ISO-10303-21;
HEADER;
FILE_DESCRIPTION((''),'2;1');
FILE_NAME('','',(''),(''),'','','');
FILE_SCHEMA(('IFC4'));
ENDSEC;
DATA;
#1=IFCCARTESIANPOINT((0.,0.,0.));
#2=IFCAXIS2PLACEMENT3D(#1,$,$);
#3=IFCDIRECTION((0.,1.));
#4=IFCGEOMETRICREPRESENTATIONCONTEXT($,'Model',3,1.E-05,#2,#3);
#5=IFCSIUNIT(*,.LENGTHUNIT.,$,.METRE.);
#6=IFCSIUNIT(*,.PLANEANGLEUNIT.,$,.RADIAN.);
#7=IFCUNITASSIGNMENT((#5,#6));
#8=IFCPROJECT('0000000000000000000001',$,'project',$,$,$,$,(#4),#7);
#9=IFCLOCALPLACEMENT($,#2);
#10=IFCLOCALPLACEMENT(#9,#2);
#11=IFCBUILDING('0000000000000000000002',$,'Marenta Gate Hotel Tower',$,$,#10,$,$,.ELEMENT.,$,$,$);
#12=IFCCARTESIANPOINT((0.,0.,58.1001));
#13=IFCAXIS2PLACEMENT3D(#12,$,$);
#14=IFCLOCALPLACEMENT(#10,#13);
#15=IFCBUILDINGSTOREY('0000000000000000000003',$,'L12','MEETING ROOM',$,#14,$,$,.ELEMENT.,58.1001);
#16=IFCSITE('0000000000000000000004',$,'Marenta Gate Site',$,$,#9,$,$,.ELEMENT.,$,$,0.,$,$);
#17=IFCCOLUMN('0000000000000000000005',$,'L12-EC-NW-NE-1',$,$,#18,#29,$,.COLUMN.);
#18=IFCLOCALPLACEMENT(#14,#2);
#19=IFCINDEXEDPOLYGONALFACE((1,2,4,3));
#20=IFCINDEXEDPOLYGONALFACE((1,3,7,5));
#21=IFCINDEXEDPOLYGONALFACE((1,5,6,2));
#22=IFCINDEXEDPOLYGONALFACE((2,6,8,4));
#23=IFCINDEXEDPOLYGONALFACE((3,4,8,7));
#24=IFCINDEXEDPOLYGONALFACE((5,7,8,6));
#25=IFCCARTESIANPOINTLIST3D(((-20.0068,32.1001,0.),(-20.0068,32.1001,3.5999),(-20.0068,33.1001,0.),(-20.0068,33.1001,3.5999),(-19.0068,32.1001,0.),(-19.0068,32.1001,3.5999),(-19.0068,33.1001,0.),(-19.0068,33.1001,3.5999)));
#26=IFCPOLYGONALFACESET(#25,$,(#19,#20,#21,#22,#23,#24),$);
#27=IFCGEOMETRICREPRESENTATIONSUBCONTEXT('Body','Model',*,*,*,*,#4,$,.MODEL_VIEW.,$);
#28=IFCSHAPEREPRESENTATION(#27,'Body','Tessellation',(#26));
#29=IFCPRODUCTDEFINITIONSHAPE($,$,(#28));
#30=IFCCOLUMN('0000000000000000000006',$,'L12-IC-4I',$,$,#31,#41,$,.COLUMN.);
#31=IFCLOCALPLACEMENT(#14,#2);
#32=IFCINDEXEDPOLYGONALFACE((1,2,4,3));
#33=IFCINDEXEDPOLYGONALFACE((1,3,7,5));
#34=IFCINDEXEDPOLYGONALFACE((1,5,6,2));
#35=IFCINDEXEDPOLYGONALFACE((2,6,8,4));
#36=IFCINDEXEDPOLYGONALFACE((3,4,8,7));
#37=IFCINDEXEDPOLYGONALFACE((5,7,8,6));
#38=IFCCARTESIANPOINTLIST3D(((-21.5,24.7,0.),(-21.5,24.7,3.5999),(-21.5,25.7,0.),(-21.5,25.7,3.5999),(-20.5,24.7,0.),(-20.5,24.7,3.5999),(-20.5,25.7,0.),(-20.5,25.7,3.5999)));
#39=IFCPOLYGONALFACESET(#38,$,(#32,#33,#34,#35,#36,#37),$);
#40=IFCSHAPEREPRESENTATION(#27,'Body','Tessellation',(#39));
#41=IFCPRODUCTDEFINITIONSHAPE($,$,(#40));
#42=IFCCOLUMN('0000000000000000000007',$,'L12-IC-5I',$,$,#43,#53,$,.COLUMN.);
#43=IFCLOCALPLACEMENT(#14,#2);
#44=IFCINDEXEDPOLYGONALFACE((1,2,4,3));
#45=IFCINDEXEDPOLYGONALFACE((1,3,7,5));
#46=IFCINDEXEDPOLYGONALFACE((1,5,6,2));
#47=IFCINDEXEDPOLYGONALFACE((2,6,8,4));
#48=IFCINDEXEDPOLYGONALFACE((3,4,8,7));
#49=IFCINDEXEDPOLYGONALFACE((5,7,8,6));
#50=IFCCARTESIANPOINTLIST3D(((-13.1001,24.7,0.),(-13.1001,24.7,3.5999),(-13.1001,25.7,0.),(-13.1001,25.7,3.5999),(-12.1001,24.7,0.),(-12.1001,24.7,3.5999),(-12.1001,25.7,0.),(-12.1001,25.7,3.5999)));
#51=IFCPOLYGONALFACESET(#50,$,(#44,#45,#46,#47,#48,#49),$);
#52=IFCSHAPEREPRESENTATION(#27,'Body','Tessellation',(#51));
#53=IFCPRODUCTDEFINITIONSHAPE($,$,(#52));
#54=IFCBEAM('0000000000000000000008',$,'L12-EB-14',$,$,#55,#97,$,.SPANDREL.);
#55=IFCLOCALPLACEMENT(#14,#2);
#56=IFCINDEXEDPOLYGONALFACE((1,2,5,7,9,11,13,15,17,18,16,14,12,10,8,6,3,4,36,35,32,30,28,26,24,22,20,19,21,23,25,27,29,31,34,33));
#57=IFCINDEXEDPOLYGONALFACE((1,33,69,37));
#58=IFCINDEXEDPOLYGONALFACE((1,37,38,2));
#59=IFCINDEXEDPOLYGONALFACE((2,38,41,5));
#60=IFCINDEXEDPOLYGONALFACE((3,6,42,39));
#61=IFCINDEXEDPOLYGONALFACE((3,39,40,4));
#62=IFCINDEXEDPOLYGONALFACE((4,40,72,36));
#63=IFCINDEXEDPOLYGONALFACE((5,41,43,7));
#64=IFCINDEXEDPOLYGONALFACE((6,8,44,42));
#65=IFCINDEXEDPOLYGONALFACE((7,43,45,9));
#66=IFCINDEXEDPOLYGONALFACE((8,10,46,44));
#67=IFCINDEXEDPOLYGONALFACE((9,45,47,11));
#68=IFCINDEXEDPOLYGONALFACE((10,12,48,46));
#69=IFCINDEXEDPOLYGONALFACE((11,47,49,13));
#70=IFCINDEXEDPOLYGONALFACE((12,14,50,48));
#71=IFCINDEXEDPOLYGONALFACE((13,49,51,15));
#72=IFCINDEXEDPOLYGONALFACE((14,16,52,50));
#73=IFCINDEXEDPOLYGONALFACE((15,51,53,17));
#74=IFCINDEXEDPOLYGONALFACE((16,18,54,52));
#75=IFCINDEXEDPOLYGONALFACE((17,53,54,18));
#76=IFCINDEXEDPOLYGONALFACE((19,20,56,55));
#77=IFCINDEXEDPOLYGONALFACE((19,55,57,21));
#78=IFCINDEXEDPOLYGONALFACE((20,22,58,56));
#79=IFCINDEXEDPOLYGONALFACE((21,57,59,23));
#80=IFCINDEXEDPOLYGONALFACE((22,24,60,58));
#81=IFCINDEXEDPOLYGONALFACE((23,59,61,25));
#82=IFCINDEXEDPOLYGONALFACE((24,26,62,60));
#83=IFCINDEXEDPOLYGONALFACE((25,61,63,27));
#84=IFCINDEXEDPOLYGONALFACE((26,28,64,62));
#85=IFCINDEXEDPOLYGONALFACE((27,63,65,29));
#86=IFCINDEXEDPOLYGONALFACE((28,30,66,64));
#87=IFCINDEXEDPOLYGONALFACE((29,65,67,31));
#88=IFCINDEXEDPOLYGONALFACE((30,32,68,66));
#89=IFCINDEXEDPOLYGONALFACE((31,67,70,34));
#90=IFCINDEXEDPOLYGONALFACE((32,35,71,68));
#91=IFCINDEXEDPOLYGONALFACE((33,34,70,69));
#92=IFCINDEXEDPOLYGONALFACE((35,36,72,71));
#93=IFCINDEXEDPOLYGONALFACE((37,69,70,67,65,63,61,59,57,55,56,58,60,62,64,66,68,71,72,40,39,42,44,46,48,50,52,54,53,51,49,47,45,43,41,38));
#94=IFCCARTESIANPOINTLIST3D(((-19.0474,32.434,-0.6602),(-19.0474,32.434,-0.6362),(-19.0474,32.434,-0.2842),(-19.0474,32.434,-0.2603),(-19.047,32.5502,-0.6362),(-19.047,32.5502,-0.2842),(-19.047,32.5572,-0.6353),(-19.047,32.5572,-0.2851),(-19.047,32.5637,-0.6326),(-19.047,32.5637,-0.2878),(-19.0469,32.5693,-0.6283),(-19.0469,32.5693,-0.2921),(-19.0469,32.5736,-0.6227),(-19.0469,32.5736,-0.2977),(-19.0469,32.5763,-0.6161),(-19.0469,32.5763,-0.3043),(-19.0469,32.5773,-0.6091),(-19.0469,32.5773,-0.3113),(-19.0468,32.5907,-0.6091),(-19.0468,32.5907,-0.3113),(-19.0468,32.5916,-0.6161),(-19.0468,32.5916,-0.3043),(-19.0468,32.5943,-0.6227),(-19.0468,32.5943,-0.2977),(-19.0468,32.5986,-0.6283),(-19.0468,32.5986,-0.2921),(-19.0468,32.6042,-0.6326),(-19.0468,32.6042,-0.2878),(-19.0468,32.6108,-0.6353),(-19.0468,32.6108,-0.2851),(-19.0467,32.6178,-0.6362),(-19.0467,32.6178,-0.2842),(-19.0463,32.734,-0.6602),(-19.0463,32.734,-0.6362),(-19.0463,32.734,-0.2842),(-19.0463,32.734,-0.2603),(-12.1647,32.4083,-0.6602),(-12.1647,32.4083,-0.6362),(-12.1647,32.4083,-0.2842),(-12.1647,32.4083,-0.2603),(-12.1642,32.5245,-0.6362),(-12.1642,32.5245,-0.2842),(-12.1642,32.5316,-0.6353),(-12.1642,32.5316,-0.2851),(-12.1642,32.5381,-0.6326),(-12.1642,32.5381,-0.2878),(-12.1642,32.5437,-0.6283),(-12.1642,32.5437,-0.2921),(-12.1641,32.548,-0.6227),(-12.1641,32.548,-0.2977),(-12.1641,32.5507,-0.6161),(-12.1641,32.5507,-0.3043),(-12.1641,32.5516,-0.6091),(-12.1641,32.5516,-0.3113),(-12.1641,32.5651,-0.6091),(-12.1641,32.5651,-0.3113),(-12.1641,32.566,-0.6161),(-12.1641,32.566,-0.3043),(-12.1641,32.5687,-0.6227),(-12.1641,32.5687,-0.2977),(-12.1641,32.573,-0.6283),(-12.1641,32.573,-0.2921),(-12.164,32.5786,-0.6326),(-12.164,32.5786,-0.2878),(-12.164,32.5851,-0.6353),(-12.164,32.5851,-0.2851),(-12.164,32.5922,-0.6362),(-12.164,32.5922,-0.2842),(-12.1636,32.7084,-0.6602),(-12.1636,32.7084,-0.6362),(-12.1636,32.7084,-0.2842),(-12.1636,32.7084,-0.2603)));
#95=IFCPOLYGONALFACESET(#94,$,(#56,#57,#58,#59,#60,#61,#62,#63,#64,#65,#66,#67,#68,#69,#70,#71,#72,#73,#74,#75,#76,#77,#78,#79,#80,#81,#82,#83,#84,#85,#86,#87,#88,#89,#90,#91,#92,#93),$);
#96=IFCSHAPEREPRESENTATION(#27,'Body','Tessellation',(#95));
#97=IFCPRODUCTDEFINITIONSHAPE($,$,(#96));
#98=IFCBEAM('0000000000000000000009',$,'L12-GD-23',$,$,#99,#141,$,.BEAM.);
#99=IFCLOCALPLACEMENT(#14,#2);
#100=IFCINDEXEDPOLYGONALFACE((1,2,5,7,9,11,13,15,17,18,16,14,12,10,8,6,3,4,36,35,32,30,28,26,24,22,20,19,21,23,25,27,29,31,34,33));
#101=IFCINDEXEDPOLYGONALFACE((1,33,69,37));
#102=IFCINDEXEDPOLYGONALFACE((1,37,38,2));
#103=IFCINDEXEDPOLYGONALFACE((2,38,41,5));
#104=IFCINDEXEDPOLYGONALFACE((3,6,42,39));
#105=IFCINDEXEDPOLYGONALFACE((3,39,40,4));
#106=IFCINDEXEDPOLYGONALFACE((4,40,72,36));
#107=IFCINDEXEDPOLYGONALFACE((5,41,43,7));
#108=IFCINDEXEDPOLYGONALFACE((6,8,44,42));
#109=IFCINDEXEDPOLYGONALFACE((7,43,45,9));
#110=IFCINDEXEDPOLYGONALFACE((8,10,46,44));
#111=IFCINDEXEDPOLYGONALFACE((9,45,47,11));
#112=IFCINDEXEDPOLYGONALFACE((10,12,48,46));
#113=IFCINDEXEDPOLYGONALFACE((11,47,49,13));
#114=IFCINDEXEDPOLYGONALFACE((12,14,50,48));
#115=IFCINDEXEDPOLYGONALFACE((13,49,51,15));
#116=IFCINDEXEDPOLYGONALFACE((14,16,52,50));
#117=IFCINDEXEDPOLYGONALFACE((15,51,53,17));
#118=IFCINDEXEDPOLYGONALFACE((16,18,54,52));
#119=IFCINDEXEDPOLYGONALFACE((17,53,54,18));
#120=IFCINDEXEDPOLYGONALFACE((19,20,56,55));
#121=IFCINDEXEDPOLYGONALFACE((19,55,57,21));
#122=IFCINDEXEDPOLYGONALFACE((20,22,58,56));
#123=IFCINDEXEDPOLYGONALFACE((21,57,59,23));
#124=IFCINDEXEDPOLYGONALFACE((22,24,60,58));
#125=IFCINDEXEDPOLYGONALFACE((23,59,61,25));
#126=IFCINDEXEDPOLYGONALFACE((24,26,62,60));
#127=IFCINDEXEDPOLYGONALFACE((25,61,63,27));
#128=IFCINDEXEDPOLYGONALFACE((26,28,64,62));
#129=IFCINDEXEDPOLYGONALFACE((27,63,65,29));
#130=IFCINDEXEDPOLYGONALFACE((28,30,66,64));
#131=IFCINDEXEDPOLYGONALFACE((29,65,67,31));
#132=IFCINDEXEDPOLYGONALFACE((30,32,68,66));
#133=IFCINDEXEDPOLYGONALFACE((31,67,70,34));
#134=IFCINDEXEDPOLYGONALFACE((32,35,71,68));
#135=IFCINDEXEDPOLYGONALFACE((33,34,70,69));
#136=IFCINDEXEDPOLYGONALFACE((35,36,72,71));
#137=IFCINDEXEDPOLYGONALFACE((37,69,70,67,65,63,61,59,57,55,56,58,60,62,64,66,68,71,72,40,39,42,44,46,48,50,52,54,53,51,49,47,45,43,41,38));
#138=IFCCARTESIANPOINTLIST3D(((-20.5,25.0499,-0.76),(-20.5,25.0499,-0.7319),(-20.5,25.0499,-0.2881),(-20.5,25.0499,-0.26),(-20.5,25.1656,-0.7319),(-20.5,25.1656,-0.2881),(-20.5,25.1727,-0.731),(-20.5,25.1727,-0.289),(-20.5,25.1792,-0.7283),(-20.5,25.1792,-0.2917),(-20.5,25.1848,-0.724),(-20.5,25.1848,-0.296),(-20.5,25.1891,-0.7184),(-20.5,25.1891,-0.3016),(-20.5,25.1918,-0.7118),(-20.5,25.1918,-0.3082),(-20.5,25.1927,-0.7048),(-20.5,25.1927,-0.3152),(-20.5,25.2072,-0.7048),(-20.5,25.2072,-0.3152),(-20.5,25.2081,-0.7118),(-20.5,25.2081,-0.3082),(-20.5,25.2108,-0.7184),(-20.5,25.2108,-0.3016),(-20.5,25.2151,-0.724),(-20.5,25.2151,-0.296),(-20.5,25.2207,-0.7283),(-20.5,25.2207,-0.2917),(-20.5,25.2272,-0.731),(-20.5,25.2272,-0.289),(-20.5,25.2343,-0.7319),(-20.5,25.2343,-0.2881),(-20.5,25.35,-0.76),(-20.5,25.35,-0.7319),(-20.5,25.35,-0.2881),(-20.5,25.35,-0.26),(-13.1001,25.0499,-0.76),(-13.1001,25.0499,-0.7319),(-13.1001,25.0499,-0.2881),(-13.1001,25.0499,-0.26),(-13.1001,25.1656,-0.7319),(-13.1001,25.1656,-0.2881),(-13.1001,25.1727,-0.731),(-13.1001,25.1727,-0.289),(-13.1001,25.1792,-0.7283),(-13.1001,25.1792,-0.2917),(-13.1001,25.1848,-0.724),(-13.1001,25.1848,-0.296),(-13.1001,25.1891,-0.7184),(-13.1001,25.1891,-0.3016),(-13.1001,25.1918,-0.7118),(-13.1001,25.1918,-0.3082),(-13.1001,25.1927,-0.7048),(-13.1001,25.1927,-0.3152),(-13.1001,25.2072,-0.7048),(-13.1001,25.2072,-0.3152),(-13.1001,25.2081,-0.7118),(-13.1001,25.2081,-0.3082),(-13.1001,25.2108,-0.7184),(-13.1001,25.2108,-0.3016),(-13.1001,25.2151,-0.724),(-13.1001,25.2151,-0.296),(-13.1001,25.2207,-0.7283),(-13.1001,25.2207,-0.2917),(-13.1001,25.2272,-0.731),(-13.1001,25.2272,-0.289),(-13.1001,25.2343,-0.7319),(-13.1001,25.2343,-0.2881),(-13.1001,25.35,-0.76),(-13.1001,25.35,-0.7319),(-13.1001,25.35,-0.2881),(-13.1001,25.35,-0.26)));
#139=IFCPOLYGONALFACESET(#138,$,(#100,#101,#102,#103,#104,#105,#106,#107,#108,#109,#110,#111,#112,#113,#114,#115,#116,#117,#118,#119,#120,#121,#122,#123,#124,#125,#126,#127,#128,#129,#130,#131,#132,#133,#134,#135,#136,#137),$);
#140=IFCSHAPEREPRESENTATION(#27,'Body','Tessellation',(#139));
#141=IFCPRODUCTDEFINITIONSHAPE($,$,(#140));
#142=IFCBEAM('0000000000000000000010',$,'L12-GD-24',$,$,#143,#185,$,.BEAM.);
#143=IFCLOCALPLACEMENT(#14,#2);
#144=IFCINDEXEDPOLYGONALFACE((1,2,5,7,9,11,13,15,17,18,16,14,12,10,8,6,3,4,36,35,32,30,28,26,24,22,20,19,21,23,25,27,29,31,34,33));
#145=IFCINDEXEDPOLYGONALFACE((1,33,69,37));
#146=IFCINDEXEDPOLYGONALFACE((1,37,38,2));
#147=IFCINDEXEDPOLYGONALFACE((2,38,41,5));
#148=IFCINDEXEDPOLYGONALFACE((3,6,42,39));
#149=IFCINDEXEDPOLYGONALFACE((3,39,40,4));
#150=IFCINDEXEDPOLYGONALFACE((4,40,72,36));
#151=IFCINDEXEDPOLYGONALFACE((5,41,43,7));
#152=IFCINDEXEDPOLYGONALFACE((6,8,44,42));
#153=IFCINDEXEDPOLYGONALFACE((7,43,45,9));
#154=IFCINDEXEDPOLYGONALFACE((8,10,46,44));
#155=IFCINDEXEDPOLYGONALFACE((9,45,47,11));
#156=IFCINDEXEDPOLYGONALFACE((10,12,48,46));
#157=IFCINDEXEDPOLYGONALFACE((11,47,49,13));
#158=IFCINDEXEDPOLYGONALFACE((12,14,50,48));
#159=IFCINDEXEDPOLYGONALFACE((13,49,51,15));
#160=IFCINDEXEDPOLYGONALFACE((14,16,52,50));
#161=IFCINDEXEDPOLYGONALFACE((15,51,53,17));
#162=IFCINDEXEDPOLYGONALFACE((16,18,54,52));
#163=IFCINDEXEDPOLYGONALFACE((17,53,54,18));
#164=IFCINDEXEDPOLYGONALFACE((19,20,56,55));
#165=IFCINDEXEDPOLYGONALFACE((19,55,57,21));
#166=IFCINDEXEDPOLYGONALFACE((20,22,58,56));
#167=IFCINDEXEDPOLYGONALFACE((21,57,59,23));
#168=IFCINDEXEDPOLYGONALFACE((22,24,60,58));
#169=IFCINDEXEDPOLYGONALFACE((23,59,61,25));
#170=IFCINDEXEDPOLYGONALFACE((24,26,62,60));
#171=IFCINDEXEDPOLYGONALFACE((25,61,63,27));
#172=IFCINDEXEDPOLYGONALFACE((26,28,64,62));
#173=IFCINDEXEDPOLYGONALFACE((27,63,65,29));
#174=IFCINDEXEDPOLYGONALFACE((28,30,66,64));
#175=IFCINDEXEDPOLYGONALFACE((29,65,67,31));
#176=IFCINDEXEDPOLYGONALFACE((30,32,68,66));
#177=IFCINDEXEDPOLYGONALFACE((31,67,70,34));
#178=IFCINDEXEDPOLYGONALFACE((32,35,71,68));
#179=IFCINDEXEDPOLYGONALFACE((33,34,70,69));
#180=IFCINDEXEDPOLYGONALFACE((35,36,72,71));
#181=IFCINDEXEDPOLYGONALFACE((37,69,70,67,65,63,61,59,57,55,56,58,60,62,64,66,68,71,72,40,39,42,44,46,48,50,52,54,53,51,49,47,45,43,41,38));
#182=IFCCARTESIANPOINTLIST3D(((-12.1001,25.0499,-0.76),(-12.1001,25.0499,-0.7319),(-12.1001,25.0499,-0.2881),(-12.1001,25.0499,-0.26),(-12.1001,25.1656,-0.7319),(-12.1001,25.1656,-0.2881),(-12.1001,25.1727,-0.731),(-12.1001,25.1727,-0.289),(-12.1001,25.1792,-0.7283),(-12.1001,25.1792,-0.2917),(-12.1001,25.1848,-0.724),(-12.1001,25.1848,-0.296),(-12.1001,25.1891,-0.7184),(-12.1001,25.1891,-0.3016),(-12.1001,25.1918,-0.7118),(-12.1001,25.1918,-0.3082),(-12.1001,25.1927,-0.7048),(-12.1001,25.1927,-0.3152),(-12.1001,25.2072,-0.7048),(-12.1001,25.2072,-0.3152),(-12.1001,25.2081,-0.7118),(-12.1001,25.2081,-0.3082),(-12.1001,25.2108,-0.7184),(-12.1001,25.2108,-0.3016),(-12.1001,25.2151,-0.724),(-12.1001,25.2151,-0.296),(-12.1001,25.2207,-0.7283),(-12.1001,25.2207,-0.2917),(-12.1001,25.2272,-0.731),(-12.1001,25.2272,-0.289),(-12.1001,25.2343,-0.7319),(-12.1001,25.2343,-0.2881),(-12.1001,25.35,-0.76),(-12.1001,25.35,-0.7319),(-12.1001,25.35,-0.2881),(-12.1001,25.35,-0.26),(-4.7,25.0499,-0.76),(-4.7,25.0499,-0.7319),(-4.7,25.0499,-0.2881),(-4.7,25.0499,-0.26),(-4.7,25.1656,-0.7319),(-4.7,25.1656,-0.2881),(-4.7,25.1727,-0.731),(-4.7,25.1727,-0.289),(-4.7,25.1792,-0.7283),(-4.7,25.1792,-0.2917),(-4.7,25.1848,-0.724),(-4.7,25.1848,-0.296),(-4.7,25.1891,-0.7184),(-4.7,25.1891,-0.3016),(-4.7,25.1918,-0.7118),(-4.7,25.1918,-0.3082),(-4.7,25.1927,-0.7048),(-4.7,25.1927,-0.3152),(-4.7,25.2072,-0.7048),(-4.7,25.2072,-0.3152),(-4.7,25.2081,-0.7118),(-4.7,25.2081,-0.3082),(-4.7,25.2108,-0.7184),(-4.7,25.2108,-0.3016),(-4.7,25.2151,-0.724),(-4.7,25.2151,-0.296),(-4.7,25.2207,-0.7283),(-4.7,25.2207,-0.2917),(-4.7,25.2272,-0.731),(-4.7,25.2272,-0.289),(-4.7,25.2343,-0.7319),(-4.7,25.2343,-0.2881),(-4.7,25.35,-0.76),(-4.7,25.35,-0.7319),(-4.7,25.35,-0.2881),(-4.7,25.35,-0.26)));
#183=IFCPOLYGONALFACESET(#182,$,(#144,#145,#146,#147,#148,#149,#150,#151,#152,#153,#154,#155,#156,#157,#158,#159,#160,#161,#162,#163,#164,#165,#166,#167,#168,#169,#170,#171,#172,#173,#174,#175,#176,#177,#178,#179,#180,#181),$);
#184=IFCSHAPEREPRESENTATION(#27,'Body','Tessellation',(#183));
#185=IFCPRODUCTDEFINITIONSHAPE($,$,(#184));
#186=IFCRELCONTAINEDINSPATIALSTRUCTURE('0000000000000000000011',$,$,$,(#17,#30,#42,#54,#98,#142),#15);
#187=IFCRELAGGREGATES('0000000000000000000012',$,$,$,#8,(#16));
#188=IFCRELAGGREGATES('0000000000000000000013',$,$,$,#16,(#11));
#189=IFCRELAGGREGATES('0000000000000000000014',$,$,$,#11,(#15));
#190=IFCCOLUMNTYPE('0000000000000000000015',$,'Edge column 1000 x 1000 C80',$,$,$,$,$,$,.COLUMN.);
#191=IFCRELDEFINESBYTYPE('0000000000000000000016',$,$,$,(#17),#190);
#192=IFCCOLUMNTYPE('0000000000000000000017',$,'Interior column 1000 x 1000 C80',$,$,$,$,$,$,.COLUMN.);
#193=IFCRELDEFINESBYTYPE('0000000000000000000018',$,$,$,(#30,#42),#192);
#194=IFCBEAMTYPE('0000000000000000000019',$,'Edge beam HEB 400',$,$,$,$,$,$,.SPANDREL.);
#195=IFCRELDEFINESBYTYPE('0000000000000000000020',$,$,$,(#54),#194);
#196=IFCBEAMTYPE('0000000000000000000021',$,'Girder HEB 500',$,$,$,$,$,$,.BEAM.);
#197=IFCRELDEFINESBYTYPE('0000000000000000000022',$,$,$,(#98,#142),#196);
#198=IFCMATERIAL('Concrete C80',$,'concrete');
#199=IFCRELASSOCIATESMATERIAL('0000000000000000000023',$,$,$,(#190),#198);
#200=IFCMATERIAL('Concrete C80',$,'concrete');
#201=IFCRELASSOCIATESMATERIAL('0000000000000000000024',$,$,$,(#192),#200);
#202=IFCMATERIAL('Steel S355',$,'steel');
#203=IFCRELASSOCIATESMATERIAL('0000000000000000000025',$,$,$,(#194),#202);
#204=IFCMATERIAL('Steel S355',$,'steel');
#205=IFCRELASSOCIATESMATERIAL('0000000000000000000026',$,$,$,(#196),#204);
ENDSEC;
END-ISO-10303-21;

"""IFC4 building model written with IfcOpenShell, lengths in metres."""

from ifc_helpers import new_model, si_unit, direction, frame, origin, origin_2d, place, context, subcontext, project, spatial, rectangle, i_section, extrude, material, material_profile, profile_set, type_object, element, save


model = new_model("IFC4")

# Units and contexts
model_context = context("Model", 3, precision=1e-05, world=origin(), true_north=direction((0.0, 1.0)))
body_context = subcontext(model_context, "Body", "Model", "MODEL_VIEW")
ifc_project = project(units=[si_unit("LENGTHUNIT", "METRE"), si_unit("PLANEANGLEUNIT", "RADIAN")], contexts=[model_context])

# Site, building, storey
site_placement = place(None, origin())
site = spatial("IfcSite", under=ifc_project, at=site_placement, Name="Marenta Gate Site", CompositionType="ELEMENT", RefElevation=0.0)
building_placement = place(site_placement, origin())
building = spatial("IfcBuilding", under=site, at=building_placement, Name="Marenta Gate Hotel Tower", CompositionType="ELEMENT")
storey_placement = place(building_placement, frame((0.0, 0.0, 58.1001)))
storey = spatial("IfcBuildingStorey", under=building, at=storey_placement, Name="L12", Description="MEETING ROOM", CompositionType="ELEMENT", Elevation=58.1001)

# Columns
ifc_material_1 = material(Name="Concrete C80", Category="concrete")
ifc_material_profile_1 = material_profile(ifc_material_1, rectangle(XDim=1.0, YDim=1.0, at=origin_2d()), Name="1000 x 1000")
ifc_profile_set_1 = profile_set([ifc_material_profile_1], Name="Concrete C80")
column_type_1 = type_object("IfcColumnType", Name="Edge column 1000 x 1000 C80", PredefinedType="COLUMN", material=ifc_profile_set_1)
column_placement = place(storey_placement, frame((-19.5068, 32.6001, 0.0), z_axis=(0.0, 0.0, 1.0), x_axis=(1.0, 0.0, 0.0)))
element("IfcColumn", 1, at=column_placement, inside=storey, type_object=column_type_1, Name="L12-EC-NW-NE-1", PredefinedType="COLUMN", context=body_context, shape_type="SweptSolid", body=[
    extrude(rectangle(XDim=1.0, YDim=1.0, at=origin_2d()), origin(), (0.0, 0.0, 1.0), 3.5999),
])
ifc_material_2 = material(Name="Concrete C80", Category="concrete")
ifc_material_profile_2 = material_profile(ifc_material_2, rectangle(XDim=1.0, YDim=1.0, at=origin_2d()), Name="1000 x 1000")
ifc_profile_set_2 = profile_set([ifc_material_profile_2], Name="Concrete C80")
column_type_2 = type_object("IfcColumnType", Name="Interior column 1000 x 1000 C80", PredefinedType="COLUMN", material=ifc_profile_set_2)
for number, where, z_axis, x_axis, name in (
    (2, (-21.0, 25.2, 0.0), (0.0, 0.0, 1.0), (1.0, 0.0, 0.0), "L12-IC-4I"),
    (3, (-12.6001, 25.2, 0.0), (0.0, 0.0, 1.0), (1.0, 0.0, 0.0), "L12-IC-5I"),
):
    element("IfcColumn", number, at=place(storey_placement, frame(where, z_axis=z_axis, x_axis=x_axis)), inside=storey, type_object=column_type_2, Name=name, PredefinedType="COLUMN", context=body_context, shape_type="SweptSolid", body=[
        extrude(rectangle(XDim=1.0, YDim=1.0, at=origin_2d()), origin(), (0.0, 0.0, 1.0), 3.5999),
    ])

# Beams
ifc_material_3 = material(Name="Steel S355", Category="steel")
ifc_material_profile_3 = material_profile(ifc_material_3, i_section(OverallWidth=0.3, OverallDepth=0.3999, WebThickness=0.0134, FlangeThickness=0.0239, FilletRadius=0.0271, at=origin_2d()), Name="HEB 400")
ifc_profile_set_3 = profile_set([ifc_material_profile_3], Name="Steel S355")
beam_type_1 = type_object("IfcBeamType", Name="Edge beam HEB 400", PredefinedType="SPANDREL", material=ifc_profile_set_3)
beam_1_placement = place(storey_placement, frame((-19.0469, 32.584, -0.4602), z_axis=(0.999993, -0.003724, 0.0), x_axis=(0.003724, 0.999993, 0.0)))
element("IfcBeam", 4, at=beam_1_placement, inside=storey, type_object=beam_type_1, Name="L12-EB-14", PredefinedType="SPANDREL", context=body_context, shape_type="SweptSolid", body=[
    extrude(i_section(OverallWidth=0.3, OverallDepth=0.3999, WebThickness=0.0134, FlangeThickness=0.0239, FilletRadius=0.0271, at=origin_2d()), origin(), (0.0, 0.0, 1.0), 6.8828),
])
ifc_material_4 = material(Name="Steel S355", Category="steel")
ifc_material_profile_4 = material_profile(ifc_material_4, i_section(OverallWidth=0.3, OverallDepth=0.5, WebThickness=0.0144, FlangeThickness=0.0281, FilletRadius=0.0271, at=origin_2d()), Name="HEB 500")
ifc_profile_set_4 = profile_set([ifc_material_profile_4], Name="Steel S355")
beam_type_2 = type_object("IfcBeamType", Name="Girder HEB 500", PredefinedType="BEAM", material=ifc_profile_set_4)
beam_2_placement = place(storey_placement, frame((-20.5, 25.2, -0.51), z_axis=(1.0, 0.0, 0.0), x_axis=(0.0, 1.0, 0.0)))
element("IfcBeam", 5, at=beam_2_placement, inside=storey, type_object=beam_type_2, Name="L12-GD-23", PredefinedType="BEAM", context=body_context, shape_type="SweptSolid", body=[
    extrude(i_section(OverallWidth=0.3, OverallDepth=0.5, WebThickness=0.0144, FlangeThickness=0.0281, FilletRadius=0.0271, at=origin_2d()), origin(), (0.0, 0.0, 1.0), 7.3999),
])
beam_3_placement = place(storey_placement, frame((-12.1001, 25.2, -0.51), z_axis=(1.0, 0.0, 0.0), x_axis=(0.0, 1.0, 0.0)))
element("IfcBeam", 6, at=beam_3_placement, inside=storey, type_object=beam_type_2, Name="L12-GD-24", PredefinedType="BEAM", context=body_context, shape_type="SweptSolid", body=[
    extrude(i_section(OverallWidth=0.3, OverallDepth=0.5, WebThickness=0.0144, FlangeThickness=0.0281, FilletRadius=0.0271, at=origin_2d()), origin(), (0.0, 0.0, 1.0), 7.4001),
])

save(model, "model.ifc")
